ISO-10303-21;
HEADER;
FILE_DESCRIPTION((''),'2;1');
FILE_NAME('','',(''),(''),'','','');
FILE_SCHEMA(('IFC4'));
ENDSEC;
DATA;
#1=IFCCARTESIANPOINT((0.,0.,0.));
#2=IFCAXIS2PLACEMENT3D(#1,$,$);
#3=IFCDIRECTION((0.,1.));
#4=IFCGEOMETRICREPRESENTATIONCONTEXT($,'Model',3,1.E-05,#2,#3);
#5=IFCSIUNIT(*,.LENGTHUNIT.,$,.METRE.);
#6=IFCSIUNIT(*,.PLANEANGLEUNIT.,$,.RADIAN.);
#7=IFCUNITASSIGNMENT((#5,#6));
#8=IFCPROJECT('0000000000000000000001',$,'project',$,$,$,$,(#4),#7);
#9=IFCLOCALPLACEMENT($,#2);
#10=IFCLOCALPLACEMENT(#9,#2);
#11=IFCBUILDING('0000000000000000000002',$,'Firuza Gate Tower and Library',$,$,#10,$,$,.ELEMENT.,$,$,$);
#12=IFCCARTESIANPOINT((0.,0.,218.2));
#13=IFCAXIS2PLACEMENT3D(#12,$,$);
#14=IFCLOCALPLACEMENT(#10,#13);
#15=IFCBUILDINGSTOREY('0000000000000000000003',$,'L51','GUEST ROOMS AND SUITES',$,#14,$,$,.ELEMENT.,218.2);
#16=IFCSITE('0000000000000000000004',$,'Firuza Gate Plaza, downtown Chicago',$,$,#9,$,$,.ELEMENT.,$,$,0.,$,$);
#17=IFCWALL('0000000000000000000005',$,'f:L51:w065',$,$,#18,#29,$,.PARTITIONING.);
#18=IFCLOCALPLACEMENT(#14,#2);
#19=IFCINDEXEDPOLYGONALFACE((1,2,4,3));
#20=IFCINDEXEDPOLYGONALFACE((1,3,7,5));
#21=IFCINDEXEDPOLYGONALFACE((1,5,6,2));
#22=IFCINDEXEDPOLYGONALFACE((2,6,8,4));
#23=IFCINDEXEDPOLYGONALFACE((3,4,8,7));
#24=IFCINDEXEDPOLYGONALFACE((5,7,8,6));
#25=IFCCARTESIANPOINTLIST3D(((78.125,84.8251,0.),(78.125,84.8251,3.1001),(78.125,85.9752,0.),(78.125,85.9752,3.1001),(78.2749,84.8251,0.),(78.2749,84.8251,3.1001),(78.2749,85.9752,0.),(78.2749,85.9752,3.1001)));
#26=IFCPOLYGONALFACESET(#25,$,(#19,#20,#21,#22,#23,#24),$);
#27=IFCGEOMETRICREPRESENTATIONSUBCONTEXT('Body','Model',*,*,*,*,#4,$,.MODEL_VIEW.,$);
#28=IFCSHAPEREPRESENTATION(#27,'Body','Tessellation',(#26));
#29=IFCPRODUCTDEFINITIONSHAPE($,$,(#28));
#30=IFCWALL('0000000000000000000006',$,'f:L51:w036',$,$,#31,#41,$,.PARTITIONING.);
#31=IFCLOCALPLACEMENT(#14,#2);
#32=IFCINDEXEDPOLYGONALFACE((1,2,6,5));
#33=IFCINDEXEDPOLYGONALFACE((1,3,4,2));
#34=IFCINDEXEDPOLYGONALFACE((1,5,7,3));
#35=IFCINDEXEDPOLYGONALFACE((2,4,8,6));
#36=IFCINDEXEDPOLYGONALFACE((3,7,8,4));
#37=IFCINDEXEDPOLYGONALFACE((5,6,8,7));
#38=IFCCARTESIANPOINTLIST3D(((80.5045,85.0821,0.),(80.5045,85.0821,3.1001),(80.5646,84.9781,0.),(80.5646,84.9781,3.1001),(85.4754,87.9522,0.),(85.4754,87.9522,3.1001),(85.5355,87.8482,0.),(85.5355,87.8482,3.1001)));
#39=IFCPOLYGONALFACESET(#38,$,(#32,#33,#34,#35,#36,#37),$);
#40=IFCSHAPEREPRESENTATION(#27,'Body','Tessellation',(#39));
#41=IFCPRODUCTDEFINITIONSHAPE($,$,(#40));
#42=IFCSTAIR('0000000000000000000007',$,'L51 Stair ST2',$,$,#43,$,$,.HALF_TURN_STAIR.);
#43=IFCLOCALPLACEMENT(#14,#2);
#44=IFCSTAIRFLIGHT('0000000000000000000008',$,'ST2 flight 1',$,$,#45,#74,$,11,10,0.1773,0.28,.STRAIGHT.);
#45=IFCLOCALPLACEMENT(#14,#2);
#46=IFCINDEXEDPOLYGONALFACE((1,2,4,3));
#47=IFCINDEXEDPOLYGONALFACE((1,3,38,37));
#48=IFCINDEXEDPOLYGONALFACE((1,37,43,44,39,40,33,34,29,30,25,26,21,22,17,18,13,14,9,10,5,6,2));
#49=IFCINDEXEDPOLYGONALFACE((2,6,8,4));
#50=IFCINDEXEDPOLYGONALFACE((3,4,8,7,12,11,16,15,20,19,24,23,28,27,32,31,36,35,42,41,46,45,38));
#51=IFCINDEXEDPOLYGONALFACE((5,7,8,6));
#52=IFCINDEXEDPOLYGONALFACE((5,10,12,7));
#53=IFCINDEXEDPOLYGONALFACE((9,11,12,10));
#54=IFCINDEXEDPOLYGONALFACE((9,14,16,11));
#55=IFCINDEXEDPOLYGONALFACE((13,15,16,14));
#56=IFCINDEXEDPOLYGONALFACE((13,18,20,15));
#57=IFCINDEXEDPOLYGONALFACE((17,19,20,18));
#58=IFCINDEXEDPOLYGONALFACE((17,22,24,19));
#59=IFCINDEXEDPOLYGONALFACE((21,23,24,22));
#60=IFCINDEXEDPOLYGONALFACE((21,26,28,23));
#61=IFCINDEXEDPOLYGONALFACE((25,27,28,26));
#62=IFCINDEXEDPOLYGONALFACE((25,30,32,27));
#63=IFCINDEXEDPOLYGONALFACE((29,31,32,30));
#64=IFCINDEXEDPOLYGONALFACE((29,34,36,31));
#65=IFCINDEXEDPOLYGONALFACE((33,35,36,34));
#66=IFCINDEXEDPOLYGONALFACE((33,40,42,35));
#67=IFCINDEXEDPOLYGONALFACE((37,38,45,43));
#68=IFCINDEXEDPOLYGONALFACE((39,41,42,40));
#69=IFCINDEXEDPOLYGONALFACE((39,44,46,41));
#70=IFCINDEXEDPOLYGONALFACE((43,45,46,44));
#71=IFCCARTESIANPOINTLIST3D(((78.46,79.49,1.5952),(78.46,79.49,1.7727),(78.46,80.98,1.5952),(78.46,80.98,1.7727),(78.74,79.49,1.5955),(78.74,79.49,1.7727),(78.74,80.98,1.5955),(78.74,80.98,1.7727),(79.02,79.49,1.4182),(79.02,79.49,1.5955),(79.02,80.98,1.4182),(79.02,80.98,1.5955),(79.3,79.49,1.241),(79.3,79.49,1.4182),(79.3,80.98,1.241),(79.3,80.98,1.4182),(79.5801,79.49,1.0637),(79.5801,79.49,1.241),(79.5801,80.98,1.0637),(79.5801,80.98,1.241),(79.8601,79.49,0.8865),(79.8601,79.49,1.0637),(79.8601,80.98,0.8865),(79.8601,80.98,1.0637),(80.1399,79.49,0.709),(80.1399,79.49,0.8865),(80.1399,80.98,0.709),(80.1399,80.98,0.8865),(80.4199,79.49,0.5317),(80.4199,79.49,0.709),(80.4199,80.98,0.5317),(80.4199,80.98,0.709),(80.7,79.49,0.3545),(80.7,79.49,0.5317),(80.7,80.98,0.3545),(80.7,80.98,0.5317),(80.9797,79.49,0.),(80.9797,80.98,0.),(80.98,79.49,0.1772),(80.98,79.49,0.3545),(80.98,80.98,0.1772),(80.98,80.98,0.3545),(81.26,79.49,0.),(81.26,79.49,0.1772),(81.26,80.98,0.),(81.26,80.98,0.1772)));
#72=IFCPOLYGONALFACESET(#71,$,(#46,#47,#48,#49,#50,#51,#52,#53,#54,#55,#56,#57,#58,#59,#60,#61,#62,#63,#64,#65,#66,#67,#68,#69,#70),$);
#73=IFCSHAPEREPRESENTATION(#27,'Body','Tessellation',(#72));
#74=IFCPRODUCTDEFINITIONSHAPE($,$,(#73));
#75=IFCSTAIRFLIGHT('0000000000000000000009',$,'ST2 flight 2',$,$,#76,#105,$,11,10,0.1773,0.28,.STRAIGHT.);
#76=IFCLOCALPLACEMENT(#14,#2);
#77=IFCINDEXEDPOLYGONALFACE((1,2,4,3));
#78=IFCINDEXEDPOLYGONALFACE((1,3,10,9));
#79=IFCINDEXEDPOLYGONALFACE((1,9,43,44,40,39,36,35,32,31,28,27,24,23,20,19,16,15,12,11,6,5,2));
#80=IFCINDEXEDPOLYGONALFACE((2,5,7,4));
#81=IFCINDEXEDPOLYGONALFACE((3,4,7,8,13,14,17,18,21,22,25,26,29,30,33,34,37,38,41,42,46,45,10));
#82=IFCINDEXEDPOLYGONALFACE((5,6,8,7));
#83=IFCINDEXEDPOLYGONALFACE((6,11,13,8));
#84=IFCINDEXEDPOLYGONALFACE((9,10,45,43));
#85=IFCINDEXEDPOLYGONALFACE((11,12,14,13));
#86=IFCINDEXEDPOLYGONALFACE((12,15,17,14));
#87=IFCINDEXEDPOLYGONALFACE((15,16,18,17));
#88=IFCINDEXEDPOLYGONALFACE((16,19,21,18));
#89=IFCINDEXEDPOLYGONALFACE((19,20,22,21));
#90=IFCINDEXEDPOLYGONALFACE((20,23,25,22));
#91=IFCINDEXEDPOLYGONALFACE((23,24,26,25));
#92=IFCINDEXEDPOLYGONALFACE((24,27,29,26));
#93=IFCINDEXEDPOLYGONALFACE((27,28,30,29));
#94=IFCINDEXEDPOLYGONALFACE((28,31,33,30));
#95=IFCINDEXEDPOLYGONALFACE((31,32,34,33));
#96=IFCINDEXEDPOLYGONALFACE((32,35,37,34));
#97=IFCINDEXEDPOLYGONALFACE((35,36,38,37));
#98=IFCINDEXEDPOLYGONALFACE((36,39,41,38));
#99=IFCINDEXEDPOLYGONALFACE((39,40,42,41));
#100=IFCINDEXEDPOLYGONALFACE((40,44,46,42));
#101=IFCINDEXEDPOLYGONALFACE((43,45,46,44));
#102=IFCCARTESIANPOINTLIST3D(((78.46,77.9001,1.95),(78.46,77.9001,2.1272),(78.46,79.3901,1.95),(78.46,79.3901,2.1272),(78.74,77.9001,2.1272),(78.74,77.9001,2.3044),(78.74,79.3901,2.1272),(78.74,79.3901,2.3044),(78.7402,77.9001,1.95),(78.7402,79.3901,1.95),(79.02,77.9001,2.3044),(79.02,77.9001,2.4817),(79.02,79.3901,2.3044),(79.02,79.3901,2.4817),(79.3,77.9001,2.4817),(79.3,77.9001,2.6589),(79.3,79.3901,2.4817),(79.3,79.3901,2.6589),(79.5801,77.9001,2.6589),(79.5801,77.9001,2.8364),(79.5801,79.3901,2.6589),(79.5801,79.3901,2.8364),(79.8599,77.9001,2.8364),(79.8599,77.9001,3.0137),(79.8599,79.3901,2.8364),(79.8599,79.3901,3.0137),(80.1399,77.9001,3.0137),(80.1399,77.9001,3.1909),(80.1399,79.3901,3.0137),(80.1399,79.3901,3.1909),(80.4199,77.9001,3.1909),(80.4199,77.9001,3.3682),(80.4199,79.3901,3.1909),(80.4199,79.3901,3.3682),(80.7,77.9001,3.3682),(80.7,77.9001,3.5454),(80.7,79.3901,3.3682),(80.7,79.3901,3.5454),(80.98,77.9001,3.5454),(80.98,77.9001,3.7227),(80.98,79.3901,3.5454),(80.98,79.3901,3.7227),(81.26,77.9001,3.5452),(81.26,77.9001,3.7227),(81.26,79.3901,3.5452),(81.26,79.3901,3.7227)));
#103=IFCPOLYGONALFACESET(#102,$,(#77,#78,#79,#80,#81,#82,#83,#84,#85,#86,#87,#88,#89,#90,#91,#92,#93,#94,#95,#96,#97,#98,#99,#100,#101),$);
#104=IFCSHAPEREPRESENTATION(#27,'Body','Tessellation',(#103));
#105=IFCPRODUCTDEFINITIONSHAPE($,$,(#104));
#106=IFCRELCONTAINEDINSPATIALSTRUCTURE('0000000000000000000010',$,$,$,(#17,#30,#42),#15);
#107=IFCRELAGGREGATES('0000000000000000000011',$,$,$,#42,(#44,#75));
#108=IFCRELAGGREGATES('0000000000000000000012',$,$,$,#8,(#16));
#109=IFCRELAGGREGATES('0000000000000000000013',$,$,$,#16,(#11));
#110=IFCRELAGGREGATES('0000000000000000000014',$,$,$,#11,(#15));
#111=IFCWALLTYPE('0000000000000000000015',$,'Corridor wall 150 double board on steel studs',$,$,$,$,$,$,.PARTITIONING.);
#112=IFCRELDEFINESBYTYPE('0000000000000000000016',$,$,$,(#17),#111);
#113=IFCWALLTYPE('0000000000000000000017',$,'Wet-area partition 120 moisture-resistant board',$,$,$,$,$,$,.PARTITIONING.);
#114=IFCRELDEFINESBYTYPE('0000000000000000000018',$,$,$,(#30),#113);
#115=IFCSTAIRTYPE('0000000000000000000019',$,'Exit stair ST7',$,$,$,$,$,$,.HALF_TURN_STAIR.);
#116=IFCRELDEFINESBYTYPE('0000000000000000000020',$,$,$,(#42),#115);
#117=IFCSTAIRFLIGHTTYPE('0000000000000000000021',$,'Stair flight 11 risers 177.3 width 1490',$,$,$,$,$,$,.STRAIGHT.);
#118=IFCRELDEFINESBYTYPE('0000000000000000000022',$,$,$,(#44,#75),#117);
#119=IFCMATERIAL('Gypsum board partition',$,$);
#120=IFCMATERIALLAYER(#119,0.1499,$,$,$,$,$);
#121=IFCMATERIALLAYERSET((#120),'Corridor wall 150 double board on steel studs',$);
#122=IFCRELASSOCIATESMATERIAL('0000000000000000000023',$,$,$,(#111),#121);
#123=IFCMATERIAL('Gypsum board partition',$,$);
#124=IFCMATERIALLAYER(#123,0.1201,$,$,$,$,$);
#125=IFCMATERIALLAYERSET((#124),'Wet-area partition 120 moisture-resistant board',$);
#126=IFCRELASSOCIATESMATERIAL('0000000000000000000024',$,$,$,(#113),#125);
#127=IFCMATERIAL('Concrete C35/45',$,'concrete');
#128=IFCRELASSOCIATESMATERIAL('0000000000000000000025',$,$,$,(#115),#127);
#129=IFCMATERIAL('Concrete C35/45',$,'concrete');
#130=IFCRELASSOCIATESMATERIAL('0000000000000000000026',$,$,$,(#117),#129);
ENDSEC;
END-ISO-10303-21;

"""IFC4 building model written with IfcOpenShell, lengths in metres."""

from ifc_helpers import new_model, si_unit, direction, frame, frame_2d, origin, place, context, subcontext, project, spatial, polyline, rectangle, outline, extrude, material, layer, layer_set, type_object, element, aggregate, save


model = new_model("IFC4")

# Units and contexts
model_context = context("Model", 3, precision=1e-05, world=origin(), true_north=direction((0.0, 1.0)))
body_context = subcontext(model_context, "Body", "Model", "MODEL_VIEW")
ifc_project = project(units=[si_unit("LENGTHUNIT", "METRE"), si_unit("PLANEANGLEUNIT", "RADIAN")], contexts=[model_context])

# Site, building, storey
site_placement = place(None, origin())
site = spatial("IfcSite", under=ifc_project, at=site_placement, Name="Firuza Gate Plaza, downtown Chicago", CompositionType="ELEMENT", RefElevation=0.0)
building_placement = place(site_placement, origin())
building = spatial("IfcBuilding", under=site, at=building_placement, Name="Firuza Gate Tower and Library", CompositionType="ELEMENT")
storey_placement = place(building_placement, frame((0.0, 0.0, 218.2)))
storey = spatial("IfcBuildingStorey", under=building, at=storey_placement, Name="L51", Description="GUEST ROOMS AND SUITES", CompositionType="ELEMENT", Elevation=218.2)

# Shared definitions
ifc_material_1 = material(Name="Gypsum board partition")
ifc_layer_1 = layer(ifc_material_1, 0.1499)
ifc_layer_set_1 = layer_set([ifc_layer_1], Name="Corridor wall 150 double board on steel studs")
wall_type_1 = type_object("IfcWallType", Name="Corridor wall 150 double board on steel studs", PredefinedType="PARTITIONING", material=ifc_layer_set_1)

# Walls
wall_1_placement = place(storey_placement, frame((78.2, 84.825, 0.0), z_axis=(0.0, 0.0, 1.0), x_axis=(0.0, 1.0, 0.0)))
element("IfcWall", 1, at=wall_1_placement, inside=storey, type_object=wall_type_1, Name="f:L51:w065", PredefinedType="PARTITIONING", context=body_context, shape_type="SweptSolid", body=[
    extrude(rectangle(XDim=1.1501, YDim=0.1499, at=frame_2d((0.5752, 0.0))), origin(), (0.0, 0.0, 1.0), 3.1001),
])
ifc_material_2 = material(Name="Gypsum board partition")
ifc_layer_2 = layer(ifc_material_2, 0.1201)
ifc_layer_set_2 = layer_set([ifc_layer_2], Name="Wet-area partition 120 moisture-resistant board")
wall_type_2 = type_object("IfcWallType", Name="Wet-area partition 120 moisture-resistant board", PredefinedType="PARTITIONING", material=ifc_layer_set_2)
wall_2_placement = place(storey_placement, frame((80.5344, 85.03, 0.0), z_axis=(0.0, 0.0, 1.0), x_axis=(0.866015, 0.500018, 0.0)))
element("IfcWall", 2, at=wall_2_placement, inside=storey, type_object=wall_type_2, Name="f:L51:w036", PredefinedType="PARTITIONING", context=body_context, shape_type="SweptSolid", body=[
    extrude(rectangle(XDim=5.74, YDim=0.1201, at=frame_2d((2.8701, 0.0))), origin(), (0.0, 0.0, 1.0), 3.1001),
])

# Stair, stair flights
ifc_material_3 = material(Name="Concrete C35/45", Category="concrete")
stair_type = type_object("IfcStairType", Name="Exit stair ST7", PredefinedType="HALF_TURN_STAIR", material=ifc_material_3)
stair_placement = place(storey_placement, origin())
stair = element("IfcStair", 3, at=stair_placement, inside=storey, type_object=stair_type, Name="L51 Stair ST2", PredefinedType="HALF_TURN_STAIR")
ifc_material_4 = material(Name="Concrete C35/45", Category="concrete")
stair_flight_type = type_object("IfcStairFlightType", Name="Stair flight 11 risers 177.3 width 1490", PredefinedType="STRAIGHT", material=ifc_material_4)
stair_flight_1_placement = place(storey_placement, frame((81.26, 80.2351, 0.0), z_axis=(0.0, 0.0, 1.0), x_axis=(-1.0, 0.0, 0.0)))
stair_flight_1 = element("IfcStairFlight", 4, at=stair_flight_1_placement, type_object=stair_flight_type, Name="ST2 flight 1", NumberOfRisers=11, NumberOfTreads=10, PredefinedType="STRAIGHT", RiserHeight=0.1773, TreadLength=0.28, context=body_context, shape_type="SweptSolid", body=[
    extrude(outline(polyline([(0.0, 0.0), (0.0, 0.1772), (0.28, 0.1772), (0.28, 0.3545), (0.5601, 0.3545), (0.5601, 0.5317), (0.8401, 0.5317), (0.8401, 0.709), (1.1201, 0.709), (1.1201, 0.8865), (1.3999, 0.8865), (1.3999, 1.0637), (1.6799, 1.0637), (1.6799, 1.241), (1.96, 1.241), (1.96, 1.4182), (2.24, 1.4182), (2.24, 1.5955), (2.52, 1.5955), (2.52, 1.7727), (2.8, 1.7727), (2.8, 1.95), (2.8, 1.5952), (0.2803, 0.0), (0.0, 0.0)])), frame((0.0, 0.7451, 0.0), z_axis=(0.0, -1.0, 0.0), x_axis=(1.0, 0.0, 0.0)), (0.0, 0.0, 1.0), 1.49),
])
stair_flight_2_placement = place(storey_placement, frame((78.46, 78.645, 1.95), z_axis=(0.0, 0.0, 1.0), x_axis=(1.0, 0.0, 0.0)))
stair_flight_2 = element("IfcStairFlight", 5, at=stair_flight_2_placement, type_object=stair_flight_type, Name="ST2 flight 2", NumberOfRisers=11, NumberOfTreads=10, PredefinedType="STRAIGHT", RiserHeight=0.1773, TreadLength=0.28, context=body_context, shape_type="SweptSolid", body=[
    extrude(outline(polyline([(0.0, 0.0), (0.0, 0.1772), (0.28, 0.1772), (0.28, 0.3545), (0.5601, 0.3545), (0.5601, 0.5317), (0.8401, 0.5317), (0.8401, 0.709), (1.1201, 0.709), (1.1201, 0.8865), (1.3999, 0.8865), (1.3999, 1.0637), (1.6799, 1.0637), (1.6799, 1.241), (1.96, 1.241), (1.96, 1.4182), (2.24, 1.4182), (2.24, 1.5955), (2.52, 1.5955), (2.52, 1.7727), (2.8, 1.7727), (2.8, 1.95), (2.8, 1.5952), (0.2803, 0.0), (0.0, 0.0)])), frame((0.0, 0.7451, 0.0), z_axis=(0.0, -1.0, 0.0), x_axis=(1.0, 0.0, 0.0)), (0.0, 0.0, 1.0), 1.49),
])
aggregate(stair, [stair_flight_1, stair_flight_2])

save(model, "model.ifc")
